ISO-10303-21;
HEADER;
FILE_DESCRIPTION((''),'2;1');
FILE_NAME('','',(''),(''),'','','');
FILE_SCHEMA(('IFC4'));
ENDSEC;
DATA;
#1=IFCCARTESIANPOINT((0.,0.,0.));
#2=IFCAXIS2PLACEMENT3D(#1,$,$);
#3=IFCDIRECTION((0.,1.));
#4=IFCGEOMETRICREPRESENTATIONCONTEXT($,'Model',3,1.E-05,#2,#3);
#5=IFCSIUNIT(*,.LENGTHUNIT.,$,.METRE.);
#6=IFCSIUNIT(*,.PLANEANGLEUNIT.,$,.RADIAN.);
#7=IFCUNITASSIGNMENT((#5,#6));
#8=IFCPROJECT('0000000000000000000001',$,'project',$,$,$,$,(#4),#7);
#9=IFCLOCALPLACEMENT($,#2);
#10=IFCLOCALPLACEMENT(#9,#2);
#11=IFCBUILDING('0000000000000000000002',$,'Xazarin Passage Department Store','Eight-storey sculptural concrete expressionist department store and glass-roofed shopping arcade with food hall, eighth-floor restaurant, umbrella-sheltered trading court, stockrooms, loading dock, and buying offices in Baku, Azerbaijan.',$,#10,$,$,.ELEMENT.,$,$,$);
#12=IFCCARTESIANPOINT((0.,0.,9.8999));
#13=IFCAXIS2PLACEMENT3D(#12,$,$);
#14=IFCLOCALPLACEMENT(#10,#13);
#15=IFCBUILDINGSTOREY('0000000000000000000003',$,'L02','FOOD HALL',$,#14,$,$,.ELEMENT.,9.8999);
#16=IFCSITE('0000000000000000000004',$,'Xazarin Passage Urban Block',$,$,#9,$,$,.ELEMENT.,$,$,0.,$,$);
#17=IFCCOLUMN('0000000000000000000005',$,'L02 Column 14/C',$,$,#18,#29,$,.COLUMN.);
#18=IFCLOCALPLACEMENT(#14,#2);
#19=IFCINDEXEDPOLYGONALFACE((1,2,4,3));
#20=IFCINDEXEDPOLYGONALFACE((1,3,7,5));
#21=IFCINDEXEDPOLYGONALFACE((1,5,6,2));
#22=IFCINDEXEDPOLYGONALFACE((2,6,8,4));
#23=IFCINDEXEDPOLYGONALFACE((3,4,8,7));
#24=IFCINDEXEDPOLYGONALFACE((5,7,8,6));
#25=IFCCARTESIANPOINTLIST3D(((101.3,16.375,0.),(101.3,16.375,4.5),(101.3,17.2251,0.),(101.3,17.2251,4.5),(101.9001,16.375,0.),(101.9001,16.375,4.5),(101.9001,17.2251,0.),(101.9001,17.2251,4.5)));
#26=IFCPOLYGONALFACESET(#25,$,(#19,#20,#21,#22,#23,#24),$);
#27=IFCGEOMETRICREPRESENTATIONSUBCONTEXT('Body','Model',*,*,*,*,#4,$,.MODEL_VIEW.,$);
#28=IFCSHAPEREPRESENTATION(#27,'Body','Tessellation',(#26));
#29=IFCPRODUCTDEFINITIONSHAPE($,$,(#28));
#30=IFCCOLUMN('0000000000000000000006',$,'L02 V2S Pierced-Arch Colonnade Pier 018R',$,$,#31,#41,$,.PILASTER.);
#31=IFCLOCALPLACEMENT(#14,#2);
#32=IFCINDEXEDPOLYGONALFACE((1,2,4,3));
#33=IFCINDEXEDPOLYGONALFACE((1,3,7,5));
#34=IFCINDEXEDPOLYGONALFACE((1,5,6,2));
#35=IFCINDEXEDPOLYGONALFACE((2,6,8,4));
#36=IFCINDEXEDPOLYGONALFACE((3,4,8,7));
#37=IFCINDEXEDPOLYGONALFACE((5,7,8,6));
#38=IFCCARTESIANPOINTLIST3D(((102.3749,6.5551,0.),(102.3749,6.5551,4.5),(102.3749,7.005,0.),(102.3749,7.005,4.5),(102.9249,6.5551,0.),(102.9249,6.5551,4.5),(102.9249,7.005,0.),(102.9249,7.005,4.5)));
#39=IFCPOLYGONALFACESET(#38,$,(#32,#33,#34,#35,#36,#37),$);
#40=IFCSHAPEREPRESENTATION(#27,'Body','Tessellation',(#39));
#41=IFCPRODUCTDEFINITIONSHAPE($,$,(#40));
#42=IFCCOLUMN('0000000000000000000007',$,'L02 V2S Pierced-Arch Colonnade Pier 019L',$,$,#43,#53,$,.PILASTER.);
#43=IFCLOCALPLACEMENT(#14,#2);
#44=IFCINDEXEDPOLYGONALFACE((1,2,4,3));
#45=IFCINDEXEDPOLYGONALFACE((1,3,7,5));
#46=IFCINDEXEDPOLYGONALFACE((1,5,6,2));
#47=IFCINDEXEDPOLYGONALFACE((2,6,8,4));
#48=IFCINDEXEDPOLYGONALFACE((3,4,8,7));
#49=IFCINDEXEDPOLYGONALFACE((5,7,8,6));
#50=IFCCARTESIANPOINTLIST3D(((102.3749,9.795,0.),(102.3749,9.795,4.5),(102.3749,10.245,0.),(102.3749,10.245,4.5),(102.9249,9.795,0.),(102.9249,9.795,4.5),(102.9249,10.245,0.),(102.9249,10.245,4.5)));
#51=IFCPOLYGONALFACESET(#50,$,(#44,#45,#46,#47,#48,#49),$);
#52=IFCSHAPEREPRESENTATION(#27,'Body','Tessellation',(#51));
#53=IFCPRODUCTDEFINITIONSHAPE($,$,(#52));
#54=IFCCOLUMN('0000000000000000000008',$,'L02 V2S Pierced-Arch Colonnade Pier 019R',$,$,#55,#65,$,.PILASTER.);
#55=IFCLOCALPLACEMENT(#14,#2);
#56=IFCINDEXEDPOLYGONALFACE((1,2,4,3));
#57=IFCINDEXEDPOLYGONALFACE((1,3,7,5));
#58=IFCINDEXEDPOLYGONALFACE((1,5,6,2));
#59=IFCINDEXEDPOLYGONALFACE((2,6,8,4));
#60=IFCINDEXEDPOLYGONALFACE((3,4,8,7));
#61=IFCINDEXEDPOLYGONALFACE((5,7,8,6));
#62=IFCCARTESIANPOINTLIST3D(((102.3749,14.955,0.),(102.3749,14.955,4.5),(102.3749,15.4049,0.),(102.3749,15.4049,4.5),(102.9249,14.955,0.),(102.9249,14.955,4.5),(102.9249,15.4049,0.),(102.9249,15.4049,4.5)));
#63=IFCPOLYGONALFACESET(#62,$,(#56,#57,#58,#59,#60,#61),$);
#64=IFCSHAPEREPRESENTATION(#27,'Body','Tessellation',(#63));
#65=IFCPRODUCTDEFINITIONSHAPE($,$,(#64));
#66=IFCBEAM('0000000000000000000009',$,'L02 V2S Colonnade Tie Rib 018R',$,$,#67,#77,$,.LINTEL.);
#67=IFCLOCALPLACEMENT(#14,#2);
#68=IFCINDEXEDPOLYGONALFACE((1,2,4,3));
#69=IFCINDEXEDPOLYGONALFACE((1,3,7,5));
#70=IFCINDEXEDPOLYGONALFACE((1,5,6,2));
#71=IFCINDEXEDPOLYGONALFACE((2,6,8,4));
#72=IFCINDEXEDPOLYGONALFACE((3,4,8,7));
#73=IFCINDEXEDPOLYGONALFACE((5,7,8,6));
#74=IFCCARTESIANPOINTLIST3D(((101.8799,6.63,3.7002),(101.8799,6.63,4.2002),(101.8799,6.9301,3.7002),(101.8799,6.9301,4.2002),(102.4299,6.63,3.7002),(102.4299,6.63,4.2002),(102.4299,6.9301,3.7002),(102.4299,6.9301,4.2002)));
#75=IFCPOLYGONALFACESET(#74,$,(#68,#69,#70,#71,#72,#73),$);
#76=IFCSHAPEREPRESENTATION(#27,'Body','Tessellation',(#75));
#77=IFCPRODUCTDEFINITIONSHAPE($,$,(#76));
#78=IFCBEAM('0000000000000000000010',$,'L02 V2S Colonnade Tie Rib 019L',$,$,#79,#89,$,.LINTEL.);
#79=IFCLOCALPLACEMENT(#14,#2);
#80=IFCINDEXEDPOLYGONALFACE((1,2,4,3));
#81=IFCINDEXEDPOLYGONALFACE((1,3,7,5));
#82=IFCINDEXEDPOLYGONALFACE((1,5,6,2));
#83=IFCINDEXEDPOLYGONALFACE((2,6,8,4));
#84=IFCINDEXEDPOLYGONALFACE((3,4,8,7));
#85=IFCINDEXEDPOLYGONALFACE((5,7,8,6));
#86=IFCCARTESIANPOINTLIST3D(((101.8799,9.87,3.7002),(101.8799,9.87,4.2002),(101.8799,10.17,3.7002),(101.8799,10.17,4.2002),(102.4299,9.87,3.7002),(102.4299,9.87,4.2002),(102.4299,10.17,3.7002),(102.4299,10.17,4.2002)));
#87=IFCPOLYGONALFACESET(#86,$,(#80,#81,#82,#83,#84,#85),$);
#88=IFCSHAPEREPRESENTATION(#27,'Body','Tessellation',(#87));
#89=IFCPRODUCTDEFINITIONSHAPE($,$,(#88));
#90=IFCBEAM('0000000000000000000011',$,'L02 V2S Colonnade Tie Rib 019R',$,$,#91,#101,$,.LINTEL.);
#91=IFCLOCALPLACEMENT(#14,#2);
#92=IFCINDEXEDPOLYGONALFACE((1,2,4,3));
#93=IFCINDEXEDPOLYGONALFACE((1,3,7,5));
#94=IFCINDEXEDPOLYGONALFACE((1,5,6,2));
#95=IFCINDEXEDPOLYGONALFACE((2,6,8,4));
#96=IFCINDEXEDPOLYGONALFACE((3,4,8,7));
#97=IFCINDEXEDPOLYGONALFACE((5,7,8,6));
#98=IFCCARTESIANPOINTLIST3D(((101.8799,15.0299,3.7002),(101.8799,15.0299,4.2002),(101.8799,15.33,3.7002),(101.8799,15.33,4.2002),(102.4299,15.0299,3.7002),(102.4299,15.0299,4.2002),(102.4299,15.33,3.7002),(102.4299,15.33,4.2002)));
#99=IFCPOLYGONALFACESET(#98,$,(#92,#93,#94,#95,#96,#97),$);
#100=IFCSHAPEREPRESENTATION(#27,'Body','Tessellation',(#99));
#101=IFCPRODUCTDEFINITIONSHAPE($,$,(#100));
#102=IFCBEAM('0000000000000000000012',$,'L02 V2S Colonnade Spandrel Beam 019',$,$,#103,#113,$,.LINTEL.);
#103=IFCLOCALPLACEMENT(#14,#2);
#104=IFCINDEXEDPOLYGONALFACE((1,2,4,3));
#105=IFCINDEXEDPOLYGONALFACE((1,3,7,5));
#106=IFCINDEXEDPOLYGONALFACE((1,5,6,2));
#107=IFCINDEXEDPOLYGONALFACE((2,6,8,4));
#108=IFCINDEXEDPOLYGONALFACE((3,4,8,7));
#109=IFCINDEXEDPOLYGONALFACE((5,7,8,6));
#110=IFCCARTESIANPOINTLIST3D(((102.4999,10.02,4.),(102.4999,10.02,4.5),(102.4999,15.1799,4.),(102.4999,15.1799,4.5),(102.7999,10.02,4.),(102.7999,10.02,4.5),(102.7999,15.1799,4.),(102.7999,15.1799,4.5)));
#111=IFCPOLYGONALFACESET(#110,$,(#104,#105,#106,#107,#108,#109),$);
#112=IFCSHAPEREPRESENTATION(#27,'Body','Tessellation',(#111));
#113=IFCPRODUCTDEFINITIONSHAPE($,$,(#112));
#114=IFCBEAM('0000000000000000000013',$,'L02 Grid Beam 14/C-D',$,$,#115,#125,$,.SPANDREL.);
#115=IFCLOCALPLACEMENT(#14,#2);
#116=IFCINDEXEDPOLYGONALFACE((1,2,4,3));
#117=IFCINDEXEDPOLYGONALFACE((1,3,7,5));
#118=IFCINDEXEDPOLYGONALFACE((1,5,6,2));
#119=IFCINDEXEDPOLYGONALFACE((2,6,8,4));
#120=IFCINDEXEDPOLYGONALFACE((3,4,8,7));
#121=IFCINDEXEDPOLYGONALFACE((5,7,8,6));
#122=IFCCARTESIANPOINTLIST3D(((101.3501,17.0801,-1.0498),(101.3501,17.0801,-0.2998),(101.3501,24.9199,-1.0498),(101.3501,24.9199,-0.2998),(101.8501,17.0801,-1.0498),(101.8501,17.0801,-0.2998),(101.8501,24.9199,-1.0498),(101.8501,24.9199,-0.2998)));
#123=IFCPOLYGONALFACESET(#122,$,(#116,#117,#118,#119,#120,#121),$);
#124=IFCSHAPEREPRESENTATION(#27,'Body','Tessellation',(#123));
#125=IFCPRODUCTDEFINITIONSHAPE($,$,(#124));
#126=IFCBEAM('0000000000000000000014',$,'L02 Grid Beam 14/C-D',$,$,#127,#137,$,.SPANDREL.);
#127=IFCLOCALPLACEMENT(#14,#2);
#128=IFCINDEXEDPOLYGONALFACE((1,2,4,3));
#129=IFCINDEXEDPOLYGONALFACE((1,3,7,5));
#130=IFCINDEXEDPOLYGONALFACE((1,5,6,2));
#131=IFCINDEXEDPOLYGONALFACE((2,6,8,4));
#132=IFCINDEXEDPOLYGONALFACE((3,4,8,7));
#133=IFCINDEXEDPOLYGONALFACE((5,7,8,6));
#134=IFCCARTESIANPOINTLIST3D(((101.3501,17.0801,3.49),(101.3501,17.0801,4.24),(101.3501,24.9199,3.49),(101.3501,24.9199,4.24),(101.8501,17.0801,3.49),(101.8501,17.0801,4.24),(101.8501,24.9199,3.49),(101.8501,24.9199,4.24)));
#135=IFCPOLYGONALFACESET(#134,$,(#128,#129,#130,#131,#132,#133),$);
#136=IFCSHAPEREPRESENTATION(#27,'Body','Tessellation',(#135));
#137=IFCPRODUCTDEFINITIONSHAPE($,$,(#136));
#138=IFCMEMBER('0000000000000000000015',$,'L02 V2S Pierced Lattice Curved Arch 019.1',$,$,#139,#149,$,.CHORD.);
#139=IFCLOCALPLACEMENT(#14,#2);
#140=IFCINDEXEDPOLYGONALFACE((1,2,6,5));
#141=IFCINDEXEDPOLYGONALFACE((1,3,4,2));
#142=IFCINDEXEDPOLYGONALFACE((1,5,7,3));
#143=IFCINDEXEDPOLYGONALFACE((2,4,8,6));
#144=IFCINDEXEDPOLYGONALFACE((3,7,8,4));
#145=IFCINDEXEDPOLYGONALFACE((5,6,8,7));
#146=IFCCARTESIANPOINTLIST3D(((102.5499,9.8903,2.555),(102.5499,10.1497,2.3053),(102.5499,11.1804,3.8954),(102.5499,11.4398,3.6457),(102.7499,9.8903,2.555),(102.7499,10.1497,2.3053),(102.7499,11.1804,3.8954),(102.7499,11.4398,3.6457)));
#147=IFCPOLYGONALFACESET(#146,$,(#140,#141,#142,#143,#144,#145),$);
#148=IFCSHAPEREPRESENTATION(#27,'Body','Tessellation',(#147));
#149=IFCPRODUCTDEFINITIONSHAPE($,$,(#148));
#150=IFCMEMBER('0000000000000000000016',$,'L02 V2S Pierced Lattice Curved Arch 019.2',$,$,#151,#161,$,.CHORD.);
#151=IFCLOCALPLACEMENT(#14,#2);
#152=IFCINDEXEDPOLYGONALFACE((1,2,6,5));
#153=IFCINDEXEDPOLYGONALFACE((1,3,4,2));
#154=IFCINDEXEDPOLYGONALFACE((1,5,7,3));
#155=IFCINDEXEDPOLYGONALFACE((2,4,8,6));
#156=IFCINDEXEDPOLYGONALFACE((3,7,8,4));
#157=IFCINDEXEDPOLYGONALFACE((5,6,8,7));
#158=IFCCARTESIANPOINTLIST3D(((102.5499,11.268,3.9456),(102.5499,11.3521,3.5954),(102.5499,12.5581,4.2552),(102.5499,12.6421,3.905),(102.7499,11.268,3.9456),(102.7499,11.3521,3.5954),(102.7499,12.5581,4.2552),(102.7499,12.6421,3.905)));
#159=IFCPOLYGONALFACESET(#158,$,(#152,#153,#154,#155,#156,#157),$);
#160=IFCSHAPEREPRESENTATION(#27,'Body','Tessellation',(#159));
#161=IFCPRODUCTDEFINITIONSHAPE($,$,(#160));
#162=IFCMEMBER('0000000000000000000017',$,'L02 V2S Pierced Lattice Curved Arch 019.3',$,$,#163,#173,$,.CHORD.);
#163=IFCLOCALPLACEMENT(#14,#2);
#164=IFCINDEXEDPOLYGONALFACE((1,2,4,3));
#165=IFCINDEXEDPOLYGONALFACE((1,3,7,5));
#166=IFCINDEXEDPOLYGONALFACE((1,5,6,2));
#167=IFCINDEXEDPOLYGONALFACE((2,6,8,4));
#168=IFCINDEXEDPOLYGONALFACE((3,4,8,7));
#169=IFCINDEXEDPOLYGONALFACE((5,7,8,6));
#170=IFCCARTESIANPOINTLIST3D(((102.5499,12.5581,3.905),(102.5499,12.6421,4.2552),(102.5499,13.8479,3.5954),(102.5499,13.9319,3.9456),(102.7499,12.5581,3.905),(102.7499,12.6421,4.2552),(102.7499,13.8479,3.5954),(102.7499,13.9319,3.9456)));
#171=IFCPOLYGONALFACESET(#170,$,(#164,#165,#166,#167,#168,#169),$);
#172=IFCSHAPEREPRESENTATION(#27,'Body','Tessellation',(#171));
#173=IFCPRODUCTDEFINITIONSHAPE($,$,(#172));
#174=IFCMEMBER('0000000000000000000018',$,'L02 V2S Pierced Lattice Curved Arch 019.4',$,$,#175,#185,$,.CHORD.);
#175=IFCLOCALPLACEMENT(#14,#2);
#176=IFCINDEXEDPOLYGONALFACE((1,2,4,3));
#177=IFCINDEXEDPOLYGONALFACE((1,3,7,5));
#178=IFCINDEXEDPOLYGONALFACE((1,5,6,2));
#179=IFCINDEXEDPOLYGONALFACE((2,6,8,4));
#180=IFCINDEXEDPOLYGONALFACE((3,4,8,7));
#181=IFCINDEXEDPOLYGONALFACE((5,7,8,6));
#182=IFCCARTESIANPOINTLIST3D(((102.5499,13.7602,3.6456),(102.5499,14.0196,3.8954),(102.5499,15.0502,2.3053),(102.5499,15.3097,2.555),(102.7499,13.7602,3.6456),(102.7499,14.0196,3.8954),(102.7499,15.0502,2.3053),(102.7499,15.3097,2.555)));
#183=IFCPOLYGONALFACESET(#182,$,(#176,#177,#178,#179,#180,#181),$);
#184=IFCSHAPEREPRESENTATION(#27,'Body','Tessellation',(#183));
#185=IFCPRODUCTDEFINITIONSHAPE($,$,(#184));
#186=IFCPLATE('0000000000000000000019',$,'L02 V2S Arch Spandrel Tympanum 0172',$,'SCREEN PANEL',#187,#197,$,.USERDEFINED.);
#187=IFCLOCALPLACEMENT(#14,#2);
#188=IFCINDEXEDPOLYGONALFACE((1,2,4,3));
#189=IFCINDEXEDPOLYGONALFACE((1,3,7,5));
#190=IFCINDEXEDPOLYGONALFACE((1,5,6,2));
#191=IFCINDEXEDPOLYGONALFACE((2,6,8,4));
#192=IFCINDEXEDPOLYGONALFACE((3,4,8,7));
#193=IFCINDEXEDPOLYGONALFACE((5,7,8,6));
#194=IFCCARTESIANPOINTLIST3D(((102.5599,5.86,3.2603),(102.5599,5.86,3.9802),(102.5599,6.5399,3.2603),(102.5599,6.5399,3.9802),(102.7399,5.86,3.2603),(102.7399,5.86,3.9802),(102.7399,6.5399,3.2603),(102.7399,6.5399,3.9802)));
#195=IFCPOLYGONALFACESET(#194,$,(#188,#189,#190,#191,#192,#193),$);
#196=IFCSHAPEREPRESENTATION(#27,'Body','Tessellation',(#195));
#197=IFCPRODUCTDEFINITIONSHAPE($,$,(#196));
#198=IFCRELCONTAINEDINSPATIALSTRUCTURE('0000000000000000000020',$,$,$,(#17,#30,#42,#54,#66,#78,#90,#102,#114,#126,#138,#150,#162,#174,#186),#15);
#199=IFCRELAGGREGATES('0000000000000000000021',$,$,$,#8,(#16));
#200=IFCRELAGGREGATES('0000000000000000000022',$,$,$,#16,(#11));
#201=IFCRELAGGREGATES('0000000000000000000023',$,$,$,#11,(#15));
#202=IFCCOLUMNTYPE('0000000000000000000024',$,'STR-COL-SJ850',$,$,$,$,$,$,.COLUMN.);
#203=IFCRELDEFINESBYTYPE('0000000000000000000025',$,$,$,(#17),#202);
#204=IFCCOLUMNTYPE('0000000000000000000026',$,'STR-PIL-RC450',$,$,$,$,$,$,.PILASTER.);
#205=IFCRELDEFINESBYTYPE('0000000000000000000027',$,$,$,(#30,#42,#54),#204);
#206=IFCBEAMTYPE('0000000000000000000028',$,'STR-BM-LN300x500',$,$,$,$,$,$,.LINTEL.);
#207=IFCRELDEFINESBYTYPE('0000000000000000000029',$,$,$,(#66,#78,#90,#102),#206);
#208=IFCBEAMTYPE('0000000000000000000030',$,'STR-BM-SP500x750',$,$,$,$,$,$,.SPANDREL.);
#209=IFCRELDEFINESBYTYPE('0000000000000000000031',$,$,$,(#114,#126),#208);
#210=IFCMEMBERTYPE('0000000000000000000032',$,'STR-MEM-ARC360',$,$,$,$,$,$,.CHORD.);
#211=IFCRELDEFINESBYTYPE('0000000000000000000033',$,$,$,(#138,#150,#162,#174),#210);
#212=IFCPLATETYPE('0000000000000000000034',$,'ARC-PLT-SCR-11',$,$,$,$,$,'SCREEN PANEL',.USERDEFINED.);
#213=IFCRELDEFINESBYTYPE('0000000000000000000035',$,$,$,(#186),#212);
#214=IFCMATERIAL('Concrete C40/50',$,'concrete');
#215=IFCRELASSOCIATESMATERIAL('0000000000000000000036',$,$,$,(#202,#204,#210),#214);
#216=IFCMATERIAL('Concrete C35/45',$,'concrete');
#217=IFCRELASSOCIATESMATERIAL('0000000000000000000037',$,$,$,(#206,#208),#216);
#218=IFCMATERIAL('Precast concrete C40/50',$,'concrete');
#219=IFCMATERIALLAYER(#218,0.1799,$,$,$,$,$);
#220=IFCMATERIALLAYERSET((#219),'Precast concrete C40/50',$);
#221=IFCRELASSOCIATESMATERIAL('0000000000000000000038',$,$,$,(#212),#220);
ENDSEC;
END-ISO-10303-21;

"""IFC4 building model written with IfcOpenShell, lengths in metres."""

from ifc_helpers import new_model, si_unit, direction, frame, origin, origin_2d, place, context, subcontext, project, spatial, rectangle, extrude, material, layer, layer_set, material_profile, profile_set, type_object, element, save


model = new_model("IFC4")

# Units and contexts
model_context = context("Model", 3, precision=1e-05, world=origin(), true_north=direction((0.0, 1.0)))
body_context = subcontext(model_context, "Body", "Model", "MODEL_VIEW")
ifc_project = project(units=[si_unit("LENGTHUNIT", "METRE"), si_unit("PLANEANGLEUNIT", "RADIAN")], contexts=[model_context])

# Site, building, storey
site_placement = place(None, origin())
site = spatial("IfcSite", under=ifc_project, at=site_placement, Name="Xazarin Passage Urban Block", CompositionType="ELEMENT", RefElevation=0.0)
building_placement = place(site_placement, origin())
building = spatial("IfcBuilding", under=site, at=building_placement, Name="Xazarin Passage Department Store", Description="Eight-storey sculptural concrete expressionist department store and glass-roofed shopping arcade with food hall, eighth-floor restaurant, umbrella-sheltered trading court, stockrooms, loading dock, and buying offices in Baku, Azerbaijan.", CompositionType="ELEMENT")
storey_placement = place(building_placement, frame((0.0, 0.0, 9.8999)))
storey = spatial("IfcBuildingStorey", under=building, at=storey_placement, Name="L02", Description="FOOD HALL", CompositionType="ELEMENT", Elevation=9.8999)

# Columns
ifc_material_1 = material(Name="Concrete C40/50", Category="concrete")
ifc_material_profile_1 = material_profile(ifc_material_1, rectangle(XDim=0.6001, YDim=0.8501, at=origin_2d()), Name="RC 600x850")
ifc_profile_set_1 = profile_set([ifc_material_profile_1], Name="Concrete C40/50")
column_type_1 = type_object("IfcColumnType", Name="STR-COL-SJ850", PredefinedType="COLUMN", material=ifc_profile_set_1)
column_placement = place(storey_placement, frame((101.6001, 16.8, 0.0), z_axis=(0.0, 0.0, 1.0), x_axis=(1.0, 0.0, 0.0)))
element("IfcColumn", 1, at=column_placement, inside=storey, type_object=column_type_1, Name="L02 Column 14/C", PredefinedType="COLUMN", context=body_context, shape_type="SweptSolid", body=[
    extrude(rectangle(XDim=0.6001, YDim=0.8501, at=origin_2d()), origin(), (0.0, 0.0, 1.0), 4.5),
])
ifc_material_profile_2 = material_profile(ifc_material_1, rectangle(XDim=0.45, YDim=0.55, at=origin_2d()), Name="RC 450x550")
ifc_profile_set_2 = profile_set([ifc_material_profile_2], Name="Concrete C40/50")
column_type_2 = type_object("IfcColumnType", Name="STR-PIL-RC450", PredefinedType="PILASTER", material=ifc_profile_set_2)
for number, where, z_axis, x_axis, name in (
    (2, (102.6499, 6.78, 0.0), (0.0, 0.0, 1.0), (0.0, 1.0, 0.0), "L02 V2S Pierced-Arch Colonnade Pier 018R"),
    (3, (102.6499, 10.02, 0.0), (0.0, 0.0, 1.0), (0.0, 1.0, 0.0), "L02 V2S Pierced-Arch Colonnade Pier 019L"),
    (4, (102.6499, 15.1799, 0.0), (0.0, 0.0, 1.0), (0.0, 1.0, 0.0), "L02 V2S Pierced-Arch Colonnade Pier 019R"),
):
    element("IfcColumn", number, at=place(storey_placement, frame(where, z_axis=z_axis, x_axis=x_axis)), inside=storey, type_object=column_type_2, Name=name, PredefinedType="PILASTER", context=body_context, shape_type="SweptSolid", body=[
        extrude(rectangle(XDim=0.45, YDim=0.55, at=origin_2d()), origin(), (0.0, 0.0, 1.0), 4.5),
    ])

# Beams
ifc_material_2 = material(Name="Concrete C35/45", Category="concrete")
ifc_material_profile_3 = material_profile(ifc_material_2, rectangle(XDim=0.3, YDim=0.5, at=origin_2d()), Name="RC 300x500")
ifc_profile_set_3 = profile_set([ifc_material_profile_3], Name="Concrete C35/45")
beam_type_1 = type_object("IfcBeamType", Name="STR-BM-LN300x500", PredefinedType="LINTEL", material=ifc_profile_set_3)
for number, where, z_axis, x_axis, name in (
    (5, (101.8799, 6.78, 3.9502), (1.0, 0.0, 0.0), (0.0, 1.0, 0.0), "L02 V2S Colonnade Tie Rib 018R"),
    (6, (101.8799, 10.02, 3.9502), (1.0, 0.0, 0.0), (0.0, 1.0, 0.0), "L02 V2S Colonnade Tie Rib 019L"),
    (7, (101.8799, 15.1799, 3.9502), (1.0, 0.0, 0.0), (0.0, 1.0, 0.0), "L02 V2S Colonnade Tie Rib 019R"),
):
    element("IfcBeam", number, at=place(storey_placement, frame(where, z_axis=z_axis, x_axis=x_axis)), inside=storey, type_object=beam_type_1, Name=name, PredefinedType="LINTEL", context=body_context, shape_type="SweptSolid", body=[
        extrude(rectangle(XDim=0.3, YDim=0.5, at=origin_2d()), origin(), (0.0, 0.0, 1.0), 0.55),
    ])
beam_placement = place(storey_placement, frame((102.6499, 10.02, 4.25), z_axis=(0.0, 1.0, 0.0), x_axis=(-1.0, 0.0, 0.0)))
element("IfcBeam", 8, at=beam_placement, inside=storey, type_object=beam_type_1, Name="L02 V2S Colonnade Spandrel Beam 019", PredefinedType="LINTEL", context=body_context, shape_type="SweptSolid", body=[
    extrude(rectangle(XDim=0.3, YDim=0.5, at=origin_2d()), origin(), (0.0, 0.0, 1.0), 5.1599),
])
ifc_material_profile_4 = material_profile(ifc_material_2, rectangle(XDim=0.5, YDim=0.75, at=origin_2d()), Name="RC 500x750")
ifc_profile_set_4 = profile_set([ifc_material_profile_4], Name="Concrete C35/45")
beam_type_2 = type_object("IfcBeamType", Name="STR-BM-SP500x750", PredefinedType="SPANDREL", material=ifc_profile_set_4)
for number, where, z_axis, x_axis, name in (
    (9, (101.6001, 17.0801, -0.6748), (0.0, 1.0, 0.0), (-1.0, 0.0, 0.0), "L02 Grid Beam 14/C-D"),
    (10, (101.6001, 17.0801, 3.865), (0.0, 1.0, 0.0), (-1.0, 0.0, 0.0), "L02 Grid Beam 14/C-D"),
):
    element("IfcBeam", number, at=place(storey_placement, frame(where, z_axis=z_axis, x_axis=x_axis)), inside=storey, type_object=beam_type_2, Name=name, PredefinedType="SPANDREL", context=body_context, shape_type="SweptSolid", body=[
        extrude(rectangle(XDim=0.5, YDim=0.75, at=origin_2d()), origin(), (0.0, 0.0, 1.0), 7.8398),
    ])

# Members
ifc_material_profile_5 = material_profile(ifc_material_1, rectangle(XDim=0.2, YDim=0.3601, at=origin_2d()), Name="RC 200x360")
ifc_profile_set_5 = profile_set([ifc_material_profile_5], Name="Concrete C40/50")
member_type = type_object("IfcMemberType", Name="STR-MEM-ARC360", PredefinedType="CHORD", material=ifc_profile_set_5)
member_1_placement = place(storey_placement, frame((102.6499, 10.02, 2.4302), z_axis=(0.0, 0.69346, 0.720495), x_axis=(-1.0, 0.0, 0.0)))
element("IfcMember", 11, at=member_1_placement, inside=storey, type_object=member_type, Name="L02 V2S Pierced Lattice Curved Arch 019.1", PredefinedType="CHORD", context=body_context, shape_type="SweptSolid", body=[
    extrude(rectangle(XDim=0.2, YDim=0.3601, at=origin_2d()), origin(), (0.0, 0.0, 1.0), 1.8604),
])
member_2_placement = place(storey_placement, frame((102.6499, 11.3101, 3.7705), z_axis=(0.0, 0.972394, 0.233345), x_axis=(-1.0, 0.0, 0.0)))
element("IfcMember", 12, at=member_2_placement, inside=storey, type_object=member_type, Name="L02 V2S Pierced Lattice Curved Arch 019.2", PredefinedType="CHORD", context=body_context, shape_type="SweptSolid", body=[
    extrude(rectangle(XDim=0.2, YDim=0.3601, at=origin_2d()), origin(), (0.0, 0.0, 1.0), 1.3267),
])
member_3_placement = place(storey_placement, frame((102.6499, 12.6001, 4.0801), z_axis=(0.0, 0.972384, -0.233387), x_axis=(-1.0, 0.0, 0.0)))
element("IfcMember", 13, at=member_3_placement, inside=storey, type_object=member_type, Name="L02 V2S Pierced Lattice Curved Arch 019.3", PredefinedType="CHORD", context=body_context, shape_type="SweptSolid", body=[
    extrude(rectangle(XDim=0.2, YDim=0.3601, at=origin_2d()), origin(), (0.0, 0.0, 1.0), 1.3264),
])
member_4_placement = place(storey_placement, frame((102.6499, 13.8899, 3.7705), z_axis=(0.0, 0.69346, -0.720495), x_axis=(-1.0, 0.0, 0.0)))
element("IfcMember", 14, at=member_4_placement, inside=storey, type_object=member_type, Name="L02 V2S Pierced Lattice Curved Arch 019.4", PredefinedType="CHORD", context=body_context, shape_type="SweptSolid", body=[
    extrude(rectangle(XDim=0.2, YDim=0.3601, at=origin_2d()), origin(), (0.0, 0.0, 1.0), 1.8604),
])

# Plate
ifc_material_3 = material(Name="Precast concrete C40/50", Category="concrete")
ifc_layer_1 = layer(ifc_material_3, 0.1799)
ifc_layer_set_1 = layer_set([ifc_layer_1], Name="Precast concrete C40/50")
plate_type_1 = type_object("IfcPlateType", Name="ARC-PLT-SCR-11", ElementType="SCREEN PANEL", PredefinedType="USERDEFINED", material=ifc_layer_set_1)
plate_placement = place(storey_placement, frame((102.6499, 6.2, 3.2603), z_axis=(0.0, 0.0, 1.0), x_axis=(0.0, 1.0, 0.0)))
element("IfcPlate", 15, at=plate_placement, inside=storey, type_object=plate_type_1, Name="L02 V2S Arch Spandrel Tympanum 0172", ObjectType="SCREEN PANEL", PredefinedType="USERDEFINED", context=body_context, shape_type="SweptSolid", body=[
    extrude(rectangle(XDim=0.6799, YDim=0.1799, at=origin_2d()), origin(), (0.0, 0.0, 1.0), 0.72),
])

save(model, "model.ifc")
